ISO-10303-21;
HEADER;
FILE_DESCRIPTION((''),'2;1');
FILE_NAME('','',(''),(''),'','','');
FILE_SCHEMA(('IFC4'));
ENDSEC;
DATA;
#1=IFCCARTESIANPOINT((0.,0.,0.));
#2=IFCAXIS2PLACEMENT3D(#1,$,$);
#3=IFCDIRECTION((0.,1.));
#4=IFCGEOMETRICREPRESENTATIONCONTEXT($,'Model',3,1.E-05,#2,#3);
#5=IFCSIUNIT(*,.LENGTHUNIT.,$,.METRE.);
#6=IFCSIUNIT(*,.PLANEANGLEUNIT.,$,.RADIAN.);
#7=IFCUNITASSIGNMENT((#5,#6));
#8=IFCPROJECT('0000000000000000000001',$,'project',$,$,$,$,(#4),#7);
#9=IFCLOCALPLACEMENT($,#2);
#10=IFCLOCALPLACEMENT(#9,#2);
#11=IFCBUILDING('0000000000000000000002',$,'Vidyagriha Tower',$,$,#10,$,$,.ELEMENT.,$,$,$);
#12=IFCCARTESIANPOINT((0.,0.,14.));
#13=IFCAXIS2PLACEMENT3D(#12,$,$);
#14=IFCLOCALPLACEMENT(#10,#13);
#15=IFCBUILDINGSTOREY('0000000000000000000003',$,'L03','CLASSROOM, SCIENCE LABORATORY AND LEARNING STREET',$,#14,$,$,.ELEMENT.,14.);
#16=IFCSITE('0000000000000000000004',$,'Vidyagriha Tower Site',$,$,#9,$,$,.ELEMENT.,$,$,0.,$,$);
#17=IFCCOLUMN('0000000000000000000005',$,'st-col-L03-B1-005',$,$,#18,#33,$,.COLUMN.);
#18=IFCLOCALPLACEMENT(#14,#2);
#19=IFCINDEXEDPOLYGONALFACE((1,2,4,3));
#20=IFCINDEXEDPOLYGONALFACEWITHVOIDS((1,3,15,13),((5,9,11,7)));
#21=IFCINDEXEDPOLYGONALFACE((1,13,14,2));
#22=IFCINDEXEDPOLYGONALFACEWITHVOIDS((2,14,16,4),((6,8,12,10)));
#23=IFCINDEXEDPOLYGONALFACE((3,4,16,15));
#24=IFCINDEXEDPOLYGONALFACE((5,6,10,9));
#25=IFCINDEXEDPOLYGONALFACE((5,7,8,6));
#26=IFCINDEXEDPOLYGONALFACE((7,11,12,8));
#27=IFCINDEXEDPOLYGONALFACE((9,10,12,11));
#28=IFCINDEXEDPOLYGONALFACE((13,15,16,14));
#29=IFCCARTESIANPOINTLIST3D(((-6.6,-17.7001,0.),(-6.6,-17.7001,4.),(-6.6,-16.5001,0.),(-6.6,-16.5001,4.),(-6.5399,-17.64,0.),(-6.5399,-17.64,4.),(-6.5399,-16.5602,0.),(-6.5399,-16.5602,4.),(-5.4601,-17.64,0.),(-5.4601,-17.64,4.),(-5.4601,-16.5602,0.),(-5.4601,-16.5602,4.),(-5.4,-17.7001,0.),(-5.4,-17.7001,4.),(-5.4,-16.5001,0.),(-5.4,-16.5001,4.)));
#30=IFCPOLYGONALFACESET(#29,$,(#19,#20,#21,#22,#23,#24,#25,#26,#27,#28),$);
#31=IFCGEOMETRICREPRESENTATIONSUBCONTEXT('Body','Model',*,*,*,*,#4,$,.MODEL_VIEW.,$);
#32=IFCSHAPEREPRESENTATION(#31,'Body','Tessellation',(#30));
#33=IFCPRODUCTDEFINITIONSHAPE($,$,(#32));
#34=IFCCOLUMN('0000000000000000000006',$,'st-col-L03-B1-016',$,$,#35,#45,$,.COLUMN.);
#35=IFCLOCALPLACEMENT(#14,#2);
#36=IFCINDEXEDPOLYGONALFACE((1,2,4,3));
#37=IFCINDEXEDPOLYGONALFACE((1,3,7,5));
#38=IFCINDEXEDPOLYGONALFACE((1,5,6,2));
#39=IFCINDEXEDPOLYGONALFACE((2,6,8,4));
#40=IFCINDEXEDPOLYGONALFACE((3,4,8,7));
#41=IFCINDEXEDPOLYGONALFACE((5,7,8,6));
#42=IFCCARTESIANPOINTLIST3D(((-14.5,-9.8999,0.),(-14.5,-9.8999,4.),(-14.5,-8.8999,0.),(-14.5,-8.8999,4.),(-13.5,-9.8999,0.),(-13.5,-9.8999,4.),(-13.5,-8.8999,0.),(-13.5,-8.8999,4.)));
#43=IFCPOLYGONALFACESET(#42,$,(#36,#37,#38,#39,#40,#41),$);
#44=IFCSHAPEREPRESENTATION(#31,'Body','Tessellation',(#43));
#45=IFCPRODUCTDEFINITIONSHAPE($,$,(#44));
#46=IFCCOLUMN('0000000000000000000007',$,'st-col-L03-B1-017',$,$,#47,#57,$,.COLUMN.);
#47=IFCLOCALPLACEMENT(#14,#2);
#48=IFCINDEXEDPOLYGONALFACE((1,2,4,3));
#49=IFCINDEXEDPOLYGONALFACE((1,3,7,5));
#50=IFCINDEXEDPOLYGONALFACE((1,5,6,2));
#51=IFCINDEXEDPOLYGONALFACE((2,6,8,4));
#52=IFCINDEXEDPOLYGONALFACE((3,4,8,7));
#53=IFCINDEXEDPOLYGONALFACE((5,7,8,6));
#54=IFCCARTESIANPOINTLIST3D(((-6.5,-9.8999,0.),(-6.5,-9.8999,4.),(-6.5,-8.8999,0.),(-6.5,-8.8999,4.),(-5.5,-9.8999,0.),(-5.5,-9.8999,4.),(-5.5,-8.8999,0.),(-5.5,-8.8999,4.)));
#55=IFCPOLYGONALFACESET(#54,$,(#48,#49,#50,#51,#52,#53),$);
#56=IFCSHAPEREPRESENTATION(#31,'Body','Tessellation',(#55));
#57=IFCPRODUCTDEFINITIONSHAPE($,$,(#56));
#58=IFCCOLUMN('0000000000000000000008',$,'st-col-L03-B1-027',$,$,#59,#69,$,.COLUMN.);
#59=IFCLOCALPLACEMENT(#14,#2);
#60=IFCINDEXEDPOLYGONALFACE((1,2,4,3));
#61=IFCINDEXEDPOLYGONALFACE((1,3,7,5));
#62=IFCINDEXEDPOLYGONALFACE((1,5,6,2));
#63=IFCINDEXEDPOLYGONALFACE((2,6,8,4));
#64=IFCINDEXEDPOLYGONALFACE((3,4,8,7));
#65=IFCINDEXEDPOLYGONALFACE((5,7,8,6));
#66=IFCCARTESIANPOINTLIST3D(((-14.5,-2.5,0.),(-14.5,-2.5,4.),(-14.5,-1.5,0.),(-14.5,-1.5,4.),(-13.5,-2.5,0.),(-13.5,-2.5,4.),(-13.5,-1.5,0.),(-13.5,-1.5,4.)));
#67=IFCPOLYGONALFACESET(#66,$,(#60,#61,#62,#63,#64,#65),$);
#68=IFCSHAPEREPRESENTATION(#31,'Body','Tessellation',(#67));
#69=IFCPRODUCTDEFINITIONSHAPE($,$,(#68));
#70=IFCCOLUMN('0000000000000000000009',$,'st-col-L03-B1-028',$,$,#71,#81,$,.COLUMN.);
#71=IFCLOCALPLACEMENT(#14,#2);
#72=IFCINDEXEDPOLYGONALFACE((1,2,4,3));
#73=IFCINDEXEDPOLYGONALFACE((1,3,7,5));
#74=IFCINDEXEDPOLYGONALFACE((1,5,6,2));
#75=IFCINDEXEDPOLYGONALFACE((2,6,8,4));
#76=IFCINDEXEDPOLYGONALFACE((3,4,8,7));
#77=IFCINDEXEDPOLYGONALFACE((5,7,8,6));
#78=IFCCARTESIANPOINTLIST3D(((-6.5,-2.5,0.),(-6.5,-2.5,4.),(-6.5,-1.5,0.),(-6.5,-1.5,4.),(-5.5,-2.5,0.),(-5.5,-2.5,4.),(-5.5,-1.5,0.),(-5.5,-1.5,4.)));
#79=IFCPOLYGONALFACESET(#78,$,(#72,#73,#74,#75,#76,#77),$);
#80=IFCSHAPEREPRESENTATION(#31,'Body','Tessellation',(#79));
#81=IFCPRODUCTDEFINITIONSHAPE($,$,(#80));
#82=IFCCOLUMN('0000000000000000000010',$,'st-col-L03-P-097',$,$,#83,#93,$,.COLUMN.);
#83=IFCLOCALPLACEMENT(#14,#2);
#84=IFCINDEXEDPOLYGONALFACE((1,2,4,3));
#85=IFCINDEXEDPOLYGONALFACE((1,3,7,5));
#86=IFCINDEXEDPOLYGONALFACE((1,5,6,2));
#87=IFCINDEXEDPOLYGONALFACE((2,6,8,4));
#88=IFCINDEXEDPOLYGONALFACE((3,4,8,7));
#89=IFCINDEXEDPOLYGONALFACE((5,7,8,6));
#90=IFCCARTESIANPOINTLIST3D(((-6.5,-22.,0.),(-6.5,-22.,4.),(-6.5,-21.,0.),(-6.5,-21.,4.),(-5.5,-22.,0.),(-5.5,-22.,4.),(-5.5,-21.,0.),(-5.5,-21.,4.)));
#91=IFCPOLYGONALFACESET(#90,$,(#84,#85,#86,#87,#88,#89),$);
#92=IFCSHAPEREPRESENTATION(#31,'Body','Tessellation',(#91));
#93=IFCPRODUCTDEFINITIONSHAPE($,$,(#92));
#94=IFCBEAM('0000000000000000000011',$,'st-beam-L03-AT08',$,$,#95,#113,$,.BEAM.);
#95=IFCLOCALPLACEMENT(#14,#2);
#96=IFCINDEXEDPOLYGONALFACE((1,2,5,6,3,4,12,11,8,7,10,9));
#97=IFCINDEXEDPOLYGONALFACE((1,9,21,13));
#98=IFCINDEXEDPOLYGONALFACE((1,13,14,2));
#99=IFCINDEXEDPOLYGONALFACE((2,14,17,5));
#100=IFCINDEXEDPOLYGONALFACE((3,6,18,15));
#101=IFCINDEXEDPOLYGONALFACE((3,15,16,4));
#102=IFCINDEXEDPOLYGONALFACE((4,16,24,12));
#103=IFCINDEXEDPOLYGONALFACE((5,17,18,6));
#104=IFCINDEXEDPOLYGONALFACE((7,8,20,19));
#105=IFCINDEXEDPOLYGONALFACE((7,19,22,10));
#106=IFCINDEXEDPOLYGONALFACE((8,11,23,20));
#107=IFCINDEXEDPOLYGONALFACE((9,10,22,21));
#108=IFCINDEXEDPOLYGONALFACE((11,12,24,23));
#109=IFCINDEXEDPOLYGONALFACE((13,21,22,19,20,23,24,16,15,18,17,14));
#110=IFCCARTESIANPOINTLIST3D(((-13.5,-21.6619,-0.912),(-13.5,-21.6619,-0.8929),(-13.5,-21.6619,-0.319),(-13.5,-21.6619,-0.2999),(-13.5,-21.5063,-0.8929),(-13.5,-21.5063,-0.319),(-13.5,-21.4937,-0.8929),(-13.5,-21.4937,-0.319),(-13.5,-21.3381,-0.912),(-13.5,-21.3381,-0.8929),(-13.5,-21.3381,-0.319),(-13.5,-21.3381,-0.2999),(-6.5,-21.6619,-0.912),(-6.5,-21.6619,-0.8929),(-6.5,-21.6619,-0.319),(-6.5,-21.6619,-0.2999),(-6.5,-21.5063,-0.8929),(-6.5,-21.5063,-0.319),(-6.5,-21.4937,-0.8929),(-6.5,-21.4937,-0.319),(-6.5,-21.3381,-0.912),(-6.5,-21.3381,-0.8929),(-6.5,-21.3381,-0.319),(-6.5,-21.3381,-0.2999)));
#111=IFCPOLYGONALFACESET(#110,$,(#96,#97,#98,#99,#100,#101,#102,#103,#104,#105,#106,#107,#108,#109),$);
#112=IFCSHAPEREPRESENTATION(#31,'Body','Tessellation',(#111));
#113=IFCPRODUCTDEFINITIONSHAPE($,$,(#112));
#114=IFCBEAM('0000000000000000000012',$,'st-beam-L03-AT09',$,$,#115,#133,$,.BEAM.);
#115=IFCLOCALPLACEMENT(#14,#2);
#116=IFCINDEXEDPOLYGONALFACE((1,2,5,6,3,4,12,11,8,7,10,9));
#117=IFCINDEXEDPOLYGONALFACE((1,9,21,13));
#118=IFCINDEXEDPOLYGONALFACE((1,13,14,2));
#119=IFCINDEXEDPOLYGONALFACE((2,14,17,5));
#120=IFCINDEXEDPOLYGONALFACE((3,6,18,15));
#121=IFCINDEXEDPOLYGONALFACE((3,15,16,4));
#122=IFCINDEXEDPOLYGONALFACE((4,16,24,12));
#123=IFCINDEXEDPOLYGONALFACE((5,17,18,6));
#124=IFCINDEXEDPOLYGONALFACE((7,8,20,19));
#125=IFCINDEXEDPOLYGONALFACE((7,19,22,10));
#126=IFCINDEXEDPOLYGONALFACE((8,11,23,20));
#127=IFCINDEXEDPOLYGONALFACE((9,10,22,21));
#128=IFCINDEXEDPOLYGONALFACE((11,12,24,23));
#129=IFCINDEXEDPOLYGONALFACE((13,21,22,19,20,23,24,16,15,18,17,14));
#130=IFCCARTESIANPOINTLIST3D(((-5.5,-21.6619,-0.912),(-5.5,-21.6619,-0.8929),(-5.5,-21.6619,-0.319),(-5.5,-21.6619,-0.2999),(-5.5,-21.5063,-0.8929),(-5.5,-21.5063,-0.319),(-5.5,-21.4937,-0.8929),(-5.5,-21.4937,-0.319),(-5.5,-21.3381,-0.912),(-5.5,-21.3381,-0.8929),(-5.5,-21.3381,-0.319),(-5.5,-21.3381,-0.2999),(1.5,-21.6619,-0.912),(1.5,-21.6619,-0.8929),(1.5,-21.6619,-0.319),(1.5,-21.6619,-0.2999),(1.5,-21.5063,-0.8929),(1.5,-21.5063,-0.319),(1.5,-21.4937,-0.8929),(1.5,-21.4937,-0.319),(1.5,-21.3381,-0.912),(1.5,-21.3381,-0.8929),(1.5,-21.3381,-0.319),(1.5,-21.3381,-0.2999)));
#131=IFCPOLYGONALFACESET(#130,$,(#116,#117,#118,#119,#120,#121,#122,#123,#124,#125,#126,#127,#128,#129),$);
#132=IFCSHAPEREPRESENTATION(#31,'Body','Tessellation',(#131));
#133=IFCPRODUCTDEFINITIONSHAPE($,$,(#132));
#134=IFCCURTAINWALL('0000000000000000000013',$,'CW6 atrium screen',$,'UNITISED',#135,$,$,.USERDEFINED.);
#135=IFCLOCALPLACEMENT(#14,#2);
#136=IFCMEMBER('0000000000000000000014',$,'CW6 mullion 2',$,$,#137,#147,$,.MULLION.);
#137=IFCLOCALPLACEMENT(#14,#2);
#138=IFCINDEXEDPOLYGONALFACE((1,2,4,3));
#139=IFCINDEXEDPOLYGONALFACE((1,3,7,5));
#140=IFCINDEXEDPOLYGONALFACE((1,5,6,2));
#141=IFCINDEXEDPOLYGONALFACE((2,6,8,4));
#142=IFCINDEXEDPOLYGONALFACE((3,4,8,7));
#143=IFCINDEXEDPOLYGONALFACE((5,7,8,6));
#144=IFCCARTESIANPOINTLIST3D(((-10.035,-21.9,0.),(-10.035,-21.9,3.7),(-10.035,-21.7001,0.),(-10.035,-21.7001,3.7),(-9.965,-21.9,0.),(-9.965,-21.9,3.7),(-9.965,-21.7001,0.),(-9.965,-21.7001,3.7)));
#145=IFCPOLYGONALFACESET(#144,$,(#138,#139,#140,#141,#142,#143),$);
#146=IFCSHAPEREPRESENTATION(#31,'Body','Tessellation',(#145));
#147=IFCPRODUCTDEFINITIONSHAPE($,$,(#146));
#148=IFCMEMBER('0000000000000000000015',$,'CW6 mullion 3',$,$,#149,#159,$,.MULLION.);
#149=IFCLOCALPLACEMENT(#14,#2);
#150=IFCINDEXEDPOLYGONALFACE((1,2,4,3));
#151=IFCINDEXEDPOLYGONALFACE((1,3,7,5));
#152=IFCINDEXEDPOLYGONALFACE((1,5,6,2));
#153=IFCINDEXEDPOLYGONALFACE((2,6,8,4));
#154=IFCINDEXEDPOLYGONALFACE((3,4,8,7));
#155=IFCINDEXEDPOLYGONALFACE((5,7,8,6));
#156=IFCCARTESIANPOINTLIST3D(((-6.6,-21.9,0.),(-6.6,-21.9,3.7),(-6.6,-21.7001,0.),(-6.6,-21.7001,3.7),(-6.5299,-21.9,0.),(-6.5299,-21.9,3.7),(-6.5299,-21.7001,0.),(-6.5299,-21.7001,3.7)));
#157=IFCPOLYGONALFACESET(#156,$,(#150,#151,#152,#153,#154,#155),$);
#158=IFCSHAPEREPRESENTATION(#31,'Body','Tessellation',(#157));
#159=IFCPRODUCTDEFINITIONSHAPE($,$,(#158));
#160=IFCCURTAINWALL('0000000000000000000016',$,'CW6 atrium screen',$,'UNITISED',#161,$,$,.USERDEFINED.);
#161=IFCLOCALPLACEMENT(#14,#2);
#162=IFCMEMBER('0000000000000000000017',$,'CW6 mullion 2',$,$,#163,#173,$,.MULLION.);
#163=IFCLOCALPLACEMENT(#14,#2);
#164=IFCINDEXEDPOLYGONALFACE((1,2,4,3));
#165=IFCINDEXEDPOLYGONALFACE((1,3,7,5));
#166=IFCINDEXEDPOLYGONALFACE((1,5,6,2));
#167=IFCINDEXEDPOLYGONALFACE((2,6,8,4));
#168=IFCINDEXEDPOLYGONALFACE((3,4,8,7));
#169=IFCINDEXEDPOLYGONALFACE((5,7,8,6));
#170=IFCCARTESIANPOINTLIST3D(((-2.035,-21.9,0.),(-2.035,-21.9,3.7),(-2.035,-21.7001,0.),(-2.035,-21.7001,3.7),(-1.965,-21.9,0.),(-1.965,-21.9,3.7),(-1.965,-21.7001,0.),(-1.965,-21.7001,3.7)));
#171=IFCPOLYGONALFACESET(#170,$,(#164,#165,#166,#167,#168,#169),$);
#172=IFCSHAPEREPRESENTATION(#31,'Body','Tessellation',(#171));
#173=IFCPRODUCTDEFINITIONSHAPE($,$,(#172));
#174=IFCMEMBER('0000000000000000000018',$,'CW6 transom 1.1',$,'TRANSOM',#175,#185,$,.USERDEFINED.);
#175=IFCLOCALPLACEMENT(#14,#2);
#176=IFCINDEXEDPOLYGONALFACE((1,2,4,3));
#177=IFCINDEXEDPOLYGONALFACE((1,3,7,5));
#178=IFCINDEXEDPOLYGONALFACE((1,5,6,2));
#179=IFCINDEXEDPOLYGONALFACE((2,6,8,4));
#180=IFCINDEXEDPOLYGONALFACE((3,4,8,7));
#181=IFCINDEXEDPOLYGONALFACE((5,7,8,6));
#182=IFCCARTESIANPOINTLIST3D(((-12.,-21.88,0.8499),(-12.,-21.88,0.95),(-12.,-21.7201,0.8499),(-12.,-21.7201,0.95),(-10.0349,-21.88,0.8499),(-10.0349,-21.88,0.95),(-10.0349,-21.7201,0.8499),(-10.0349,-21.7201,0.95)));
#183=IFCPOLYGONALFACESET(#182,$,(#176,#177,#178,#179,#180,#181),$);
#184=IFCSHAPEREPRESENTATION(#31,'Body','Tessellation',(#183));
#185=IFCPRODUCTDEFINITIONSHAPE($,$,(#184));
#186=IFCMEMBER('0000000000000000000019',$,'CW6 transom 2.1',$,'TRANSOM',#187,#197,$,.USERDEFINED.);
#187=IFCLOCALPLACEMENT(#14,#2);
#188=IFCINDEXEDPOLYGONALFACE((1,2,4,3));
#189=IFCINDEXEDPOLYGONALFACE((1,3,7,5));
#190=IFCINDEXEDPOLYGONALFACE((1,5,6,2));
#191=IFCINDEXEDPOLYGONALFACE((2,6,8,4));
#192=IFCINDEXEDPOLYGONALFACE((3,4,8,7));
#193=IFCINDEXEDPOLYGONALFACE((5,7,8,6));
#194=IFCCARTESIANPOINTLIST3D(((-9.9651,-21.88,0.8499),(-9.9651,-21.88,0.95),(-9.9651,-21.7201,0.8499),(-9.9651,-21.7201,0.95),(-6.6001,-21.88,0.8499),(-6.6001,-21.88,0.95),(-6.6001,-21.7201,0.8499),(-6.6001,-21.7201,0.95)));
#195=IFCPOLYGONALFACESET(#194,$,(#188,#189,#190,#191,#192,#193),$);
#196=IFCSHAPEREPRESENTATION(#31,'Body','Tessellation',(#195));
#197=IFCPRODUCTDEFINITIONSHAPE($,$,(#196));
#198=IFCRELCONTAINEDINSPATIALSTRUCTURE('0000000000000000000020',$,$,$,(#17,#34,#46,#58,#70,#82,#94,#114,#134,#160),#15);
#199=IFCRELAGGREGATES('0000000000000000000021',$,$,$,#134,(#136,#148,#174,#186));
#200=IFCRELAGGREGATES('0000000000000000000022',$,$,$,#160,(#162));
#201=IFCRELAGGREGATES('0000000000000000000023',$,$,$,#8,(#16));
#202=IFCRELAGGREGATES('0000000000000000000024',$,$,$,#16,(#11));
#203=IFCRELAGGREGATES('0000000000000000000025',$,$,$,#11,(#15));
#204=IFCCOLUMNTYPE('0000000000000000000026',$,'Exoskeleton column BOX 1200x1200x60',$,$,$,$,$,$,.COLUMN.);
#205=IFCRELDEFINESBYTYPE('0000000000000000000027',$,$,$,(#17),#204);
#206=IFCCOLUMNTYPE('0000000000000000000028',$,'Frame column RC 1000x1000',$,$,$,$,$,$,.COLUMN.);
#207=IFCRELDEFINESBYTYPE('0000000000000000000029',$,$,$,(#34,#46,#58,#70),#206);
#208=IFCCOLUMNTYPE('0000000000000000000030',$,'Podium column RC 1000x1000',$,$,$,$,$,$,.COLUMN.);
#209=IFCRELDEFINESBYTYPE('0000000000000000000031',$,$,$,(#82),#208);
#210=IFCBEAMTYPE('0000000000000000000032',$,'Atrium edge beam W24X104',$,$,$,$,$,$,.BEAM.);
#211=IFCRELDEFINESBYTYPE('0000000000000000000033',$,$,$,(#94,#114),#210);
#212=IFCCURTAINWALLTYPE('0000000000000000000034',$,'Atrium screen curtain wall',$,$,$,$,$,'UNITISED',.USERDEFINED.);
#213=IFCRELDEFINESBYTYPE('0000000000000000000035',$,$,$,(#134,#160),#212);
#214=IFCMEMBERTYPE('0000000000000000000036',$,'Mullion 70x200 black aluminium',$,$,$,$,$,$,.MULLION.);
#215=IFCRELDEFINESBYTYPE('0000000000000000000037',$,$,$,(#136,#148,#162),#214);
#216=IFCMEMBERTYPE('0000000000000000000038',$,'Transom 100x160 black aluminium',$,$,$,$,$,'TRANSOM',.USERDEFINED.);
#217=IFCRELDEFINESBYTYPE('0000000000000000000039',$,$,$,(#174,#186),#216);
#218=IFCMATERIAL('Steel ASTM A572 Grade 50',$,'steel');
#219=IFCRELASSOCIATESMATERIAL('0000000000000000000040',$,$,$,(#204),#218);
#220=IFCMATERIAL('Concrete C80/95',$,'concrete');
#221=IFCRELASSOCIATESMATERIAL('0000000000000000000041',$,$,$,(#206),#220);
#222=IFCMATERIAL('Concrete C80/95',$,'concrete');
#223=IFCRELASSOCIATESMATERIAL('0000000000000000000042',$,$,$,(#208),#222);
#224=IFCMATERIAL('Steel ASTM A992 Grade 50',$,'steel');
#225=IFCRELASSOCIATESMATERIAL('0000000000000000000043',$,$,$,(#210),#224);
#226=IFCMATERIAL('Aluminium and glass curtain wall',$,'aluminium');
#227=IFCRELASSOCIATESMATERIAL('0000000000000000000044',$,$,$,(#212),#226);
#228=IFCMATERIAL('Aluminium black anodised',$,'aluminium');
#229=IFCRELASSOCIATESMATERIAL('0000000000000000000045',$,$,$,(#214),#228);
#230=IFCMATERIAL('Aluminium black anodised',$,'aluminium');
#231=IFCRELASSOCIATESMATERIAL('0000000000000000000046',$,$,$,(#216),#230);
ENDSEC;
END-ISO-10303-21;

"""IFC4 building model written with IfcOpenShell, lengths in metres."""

from ifc_helpers import new_model, si_unit, direction, frame, origin, origin_2d, place, context, subcontext, project, spatial, rectangle, hollow_rectangle, i_section, extrude, material, material_profile, profile_set, type_object, element, aggregate, save


model = new_model("IFC4")

# Units and contexts
model_context = context("Model", 3, precision=1e-05, world=origin(), true_north=direction((0.0, 1.0)))
body_context = subcontext(model_context, "Body", "Model", "MODEL_VIEW")
ifc_project = project(units=[si_unit("LENGTHUNIT", "METRE"), si_unit("PLANEANGLEUNIT", "RADIAN")], contexts=[model_context])

# Site, building, storey
site_placement = place(None, origin())
site = spatial("IfcSite", under=ifc_project, at=site_placement, Name="Vidyagriha Tower Site", CompositionType="ELEMENT", RefElevation=0.0)
building_placement = place(site_placement, origin())
building = spatial("IfcBuilding", under=site, at=building_placement, Name="Vidyagriha Tower", CompositionType="ELEMENT")
storey_placement = place(building_placement, frame((0.0, 0.0, 14.0)))
storey = spatial("IfcBuildingStorey", under=building, at=storey_placement, Name="L03", Description="CLASSROOM, SCIENCE LABORATORY AND LEARNING STREET", CompositionType="ELEMENT", Elevation=14.0)

# Columns
ifc_material_1 = material(Name="Steel ASTM A572 Grade 50", Category="steel")
ifc_material_profile_1 = material_profile(ifc_material_1, hollow_rectangle(XDim=1.2, YDim=1.2, WallThickness=0.0601, at=origin_2d()), Name="BOX 1200x1200x60")
ifc_profile_set_1 = profile_set([ifc_material_profile_1], Name="Steel ASTM A572 Grade 50")
column_type_1 = type_object("IfcColumnType", Name="Exoskeleton column BOX 1200x1200x60", PredefinedType="COLUMN", material=ifc_profile_set_1)
column_1_placement = place(storey_placement, frame((-6.0, -17.1001, 0.0)))
element("IfcColumn", 1, at=column_1_placement, inside=storey, type_object=column_type_1, Name="st-col-L03-B1-005", PredefinedType="COLUMN", context=body_context, shape_type="SweptSolid", body=[
    extrude(hollow_rectangle(XDim=1.2, YDim=1.2, WallThickness=0.0601, at=origin_2d()), origin(), (0.0, 0.0, 1.0), 4.0),
])
ifc_material_2 = material(Name="Concrete C80/95", Category="concrete")
ifc_material_profile_2 = material_profile(ifc_material_2, rectangle(XDim=1.0, YDim=1.0, at=origin_2d()), Name="RC 1000x1000")
ifc_profile_set_2 = profile_set([ifc_material_profile_2], Name="Concrete C80/95")
column_type_2 = type_object("IfcColumnType", Name="Frame column RC 1000x1000", PredefinedType="COLUMN", material=ifc_profile_set_2)
for number, where, name in (
    (2, (-14.0, -9.3999, 0.0), "st-col-L03-B1-016"),
    (3, (-6.0, -9.3999, 0.0), "st-col-L03-B1-017"),
    (4, (-14.0, -2.0, 0.0), "st-col-L03-B1-027"),
    (5, (-6.0, -2.0, 0.0), "st-col-L03-B1-028"),
):
    element("IfcColumn", number, at=place(storey_placement, frame(where)), inside=storey, type_object=column_type_2, Name=name, PredefinedType="COLUMN", context=body_context, shape_type="SweptSolid", body=[
        extrude(rectangle(XDim=1.0, YDim=1.0, at=origin_2d()), origin(), (0.0, 0.0, 1.0), 4.0),
    ])
ifc_material_3 = material(Name="Concrete C80/95", Category="concrete")
ifc_material_profile_3 = material_profile(ifc_material_3, rectangle(XDim=1.0, YDim=1.0, at=origin_2d()), Name="RC 1000x1000")
ifc_profile_set_3 = profile_set([ifc_material_profile_3], Name="Concrete C80/95")
column_type_3 = type_object("IfcColumnType", Name="Podium column RC 1000x1000", PredefinedType="COLUMN", material=ifc_profile_set_3)
column_2_placement = place(storey_placement, frame((-6.0, -21.5, 0.0)))
element("IfcColumn", 6, at=column_2_placement, inside=storey, type_object=column_type_3, Name="st-col-L03-P-097", PredefinedType="COLUMN", context=body_context, shape_type="SweptSolid", body=[
    extrude(rectangle(XDim=1.0, YDim=1.0, at=origin_2d()), origin(), (0.0, 0.0, 1.0), 4.0),
])

# Beams
ifc_material_4 = material(Name="Steel ASTM A992 Grade 50", Category="steel")
ifc_material_profile_4 = material_profile(ifc_material_4, i_section(OverallWidth=0.3237, OverallDepth=0.6121, WebThickness=0.0127, FlangeThickness=0.019, at=origin_2d()), Name="W24X104")
ifc_profile_set_4 = profile_set([ifc_material_profile_4], Name="Steel ASTM A992 Grade 50")
beam_type = type_object("IfcBeamType", Name="Atrium edge beam W24X104", PredefinedType="BEAM", material=ifc_profile_set_4)
for number, where, z_axis, x_axis, name in (
    (7, (-13.5, -21.5, -0.606), (1.0, 0.0, 0.0), (0.0, 1.0, 0.0), "st-beam-L03-AT08"),
    (8, (-5.5, -21.5, -0.606), (1.0, 0.0, 0.0), (0.0, 1.0, 0.0), "st-beam-L03-AT09"),
):
    element("IfcBeam", number, at=place(storey_placement, frame(where, z_axis=z_axis, x_axis=x_axis)), inside=storey, type_object=beam_type, Name=name, PredefinedType="BEAM", context=body_context, shape_type="SweptSolid", body=[
        extrude(i_section(OverallWidth=0.3237, OverallDepth=0.6121, WebThickness=0.0127, FlangeThickness=0.019, at=origin_2d()), origin(), (0.0, 0.0, 1.0), 7.0),
    ])

# Curtain wall, members
ifc_material_5 = material(Name="Aluminium and glass curtain wall", Category="aluminium")
curtain_wall_type = type_object("IfcCurtainWallType", Name="Atrium screen curtain wall", ElementType="UNITISED", PredefinedType="USERDEFINED", material=ifc_material_5)
curtain_wall_1_placement = place(storey_placement, origin())
curtain_wall_1 = element("IfcCurtainWall", 9, at=curtain_wall_1_placement, inside=storey, type_object=curtain_wall_type, Name="CW6 atrium screen", ObjectType="UNITISED", PredefinedType="USERDEFINED")
ifc_material_6 = material(Name="Aluminium black anodised", Category="aluminium")
ifc_material_profile_5 = material_profile(ifc_material_6, rectangle(XDim=0.2, YDim=0.0701, at=origin_2d()), Name="Mullion 70x200 black aluminium")
ifc_profile_set_5 = profile_set([ifc_material_profile_5], Name="Aluminium black anodised")
member_type_1 = type_object("IfcMemberType", Name="Mullion 70x200 black aluminium", PredefinedType="MULLION", material=ifc_profile_set_5)
member_1_placement = place(storey_placement, frame((-10.0, -21.8, 0.0), z_axis=(0.0, 0.0, 1.0), x_axis=(0.0, 1.0, 0.0)))
member_1 = element("IfcMember", 10, at=member_1_placement, type_object=member_type_1, Name="CW6 mullion 2", PredefinedType="MULLION", context=body_context, shape_type="SweptSolid", body=[
    extrude(rectangle(XDim=0.2, YDim=0.0701, at=origin_2d()), origin(), (0.0, 0.0, 1.0), 3.7),
])
member_2_placement = place(storey_placement, frame((-6.5649, -21.8, 0.0), z_axis=(0.0, 0.0, 1.0), x_axis=(0.0, 1.0, 0.0)))
member_2 = element("IfcMember", 11, at=member_2_placement, type_object=member_type_1, Name="CW6 mullion 3", PredefinedType="MULLION", context=body_context, shape_type="SweptSolid", body=[
    extrude(rectangle(XDim=0.2, YDim=0.0701, at=origin_2d()), origin(), (0.0, 0.0, 1.0), 3.7),
])

# Curtain wall, member
curtain_wall_2_placement = place(storey_placement, origin())
curtain_wall_2 = element("IfcCurtainWall", 12, at=curtain_wall_2_placement, inside=storey, type_object=curtain_wall_type, Name="CW6 atrium screen", ObjectType="UNITISED", PredefinedType="USERDEFINED")
member_3_placement = place(storey_placement, frame((-2.0, -21.8, 0.0), z_axis=(0.0, 0.0, 1.0), x_axis=(0.0, 1.0, 0.0)))
member_3 = element("IfcMember", 13, at=member_3_placement, type_object=member_type_1, Name="CW6 mullion 2", PredefinedType="MULLION", context=body_context, shape_type="SweptSolid", body=[
    extrude(rectangle(XDim=0.2, YDim=0.0701, at=origin_2d()), origin(), (0.0, 0.0, 1.0), 3.7),
])

# Members
ifc_material_7 = material(Name="Aluminium black anodised", Category="aluminium")
ifc_material_profile_6 = material_profile(ifc_material_7, rectangle(XDim=0.1599, YDim=0.1001, at=origin_2d()), Name="Transom 100x160 black aluminium")
ifc_profile_set_6 = profile_set([ifc_material_profile_6], Name="Aluminium black anodised")
member_type_2 = type_object("IfcMemberType", Name="Transom 100x160 black aluminium", ElementType="TRANSOM", PredefinedType="USERDEFINED", material=ifc_profile_set_6)
member_4_placement = place(storey_placement, frame((-12.0, -21.8, 0.8999), z_axis=(1.0, 0.0, 0.0), x_axis=(0.0, 1.0, 0.0)))
member_4 = element("IfcMember", 14, at=member_4_placement, type_object=member_type_2, Name="CW6 transom 1.1", ObjectType="TRANSOM", PredefinedType="USERDEFINED", context=body_context, shape_type="SweptSolid", body=[
    extrude(rectangle(XDim=0.1599, YDim=0.1001, at=origin_2d()), origin(), (0.0, 0.0, 1.0), 1.9651),
])
member_5_placement = place(storey_placement, frame((-9.9651, -21.8, 0.8999), z_axis=(1.0, 0.0, 0.0), x_axis=(0.0, 1.0, 0.0)))
member_5 = element("IfcMember", 15, at=member_5_placement, type_object=member_type_2, Name="CW6 transom 2.1", ObjectType="TRANSOM", PredefinedType="USERDEFINED", context=body_context, shape_type="SweptSolid", body=[
    extrude(rectangle(XDim=0.1599, YDim=0.1001, at=origin_2d()), origin(), (0.0, 0.0, 1.0), 3.365),
])

aggregate(curtain_wall_1, [member_1, member_2, member_4, member_5])
aggregate(curtain_wall_2, [member_3])

save(model, "model.ifc")
